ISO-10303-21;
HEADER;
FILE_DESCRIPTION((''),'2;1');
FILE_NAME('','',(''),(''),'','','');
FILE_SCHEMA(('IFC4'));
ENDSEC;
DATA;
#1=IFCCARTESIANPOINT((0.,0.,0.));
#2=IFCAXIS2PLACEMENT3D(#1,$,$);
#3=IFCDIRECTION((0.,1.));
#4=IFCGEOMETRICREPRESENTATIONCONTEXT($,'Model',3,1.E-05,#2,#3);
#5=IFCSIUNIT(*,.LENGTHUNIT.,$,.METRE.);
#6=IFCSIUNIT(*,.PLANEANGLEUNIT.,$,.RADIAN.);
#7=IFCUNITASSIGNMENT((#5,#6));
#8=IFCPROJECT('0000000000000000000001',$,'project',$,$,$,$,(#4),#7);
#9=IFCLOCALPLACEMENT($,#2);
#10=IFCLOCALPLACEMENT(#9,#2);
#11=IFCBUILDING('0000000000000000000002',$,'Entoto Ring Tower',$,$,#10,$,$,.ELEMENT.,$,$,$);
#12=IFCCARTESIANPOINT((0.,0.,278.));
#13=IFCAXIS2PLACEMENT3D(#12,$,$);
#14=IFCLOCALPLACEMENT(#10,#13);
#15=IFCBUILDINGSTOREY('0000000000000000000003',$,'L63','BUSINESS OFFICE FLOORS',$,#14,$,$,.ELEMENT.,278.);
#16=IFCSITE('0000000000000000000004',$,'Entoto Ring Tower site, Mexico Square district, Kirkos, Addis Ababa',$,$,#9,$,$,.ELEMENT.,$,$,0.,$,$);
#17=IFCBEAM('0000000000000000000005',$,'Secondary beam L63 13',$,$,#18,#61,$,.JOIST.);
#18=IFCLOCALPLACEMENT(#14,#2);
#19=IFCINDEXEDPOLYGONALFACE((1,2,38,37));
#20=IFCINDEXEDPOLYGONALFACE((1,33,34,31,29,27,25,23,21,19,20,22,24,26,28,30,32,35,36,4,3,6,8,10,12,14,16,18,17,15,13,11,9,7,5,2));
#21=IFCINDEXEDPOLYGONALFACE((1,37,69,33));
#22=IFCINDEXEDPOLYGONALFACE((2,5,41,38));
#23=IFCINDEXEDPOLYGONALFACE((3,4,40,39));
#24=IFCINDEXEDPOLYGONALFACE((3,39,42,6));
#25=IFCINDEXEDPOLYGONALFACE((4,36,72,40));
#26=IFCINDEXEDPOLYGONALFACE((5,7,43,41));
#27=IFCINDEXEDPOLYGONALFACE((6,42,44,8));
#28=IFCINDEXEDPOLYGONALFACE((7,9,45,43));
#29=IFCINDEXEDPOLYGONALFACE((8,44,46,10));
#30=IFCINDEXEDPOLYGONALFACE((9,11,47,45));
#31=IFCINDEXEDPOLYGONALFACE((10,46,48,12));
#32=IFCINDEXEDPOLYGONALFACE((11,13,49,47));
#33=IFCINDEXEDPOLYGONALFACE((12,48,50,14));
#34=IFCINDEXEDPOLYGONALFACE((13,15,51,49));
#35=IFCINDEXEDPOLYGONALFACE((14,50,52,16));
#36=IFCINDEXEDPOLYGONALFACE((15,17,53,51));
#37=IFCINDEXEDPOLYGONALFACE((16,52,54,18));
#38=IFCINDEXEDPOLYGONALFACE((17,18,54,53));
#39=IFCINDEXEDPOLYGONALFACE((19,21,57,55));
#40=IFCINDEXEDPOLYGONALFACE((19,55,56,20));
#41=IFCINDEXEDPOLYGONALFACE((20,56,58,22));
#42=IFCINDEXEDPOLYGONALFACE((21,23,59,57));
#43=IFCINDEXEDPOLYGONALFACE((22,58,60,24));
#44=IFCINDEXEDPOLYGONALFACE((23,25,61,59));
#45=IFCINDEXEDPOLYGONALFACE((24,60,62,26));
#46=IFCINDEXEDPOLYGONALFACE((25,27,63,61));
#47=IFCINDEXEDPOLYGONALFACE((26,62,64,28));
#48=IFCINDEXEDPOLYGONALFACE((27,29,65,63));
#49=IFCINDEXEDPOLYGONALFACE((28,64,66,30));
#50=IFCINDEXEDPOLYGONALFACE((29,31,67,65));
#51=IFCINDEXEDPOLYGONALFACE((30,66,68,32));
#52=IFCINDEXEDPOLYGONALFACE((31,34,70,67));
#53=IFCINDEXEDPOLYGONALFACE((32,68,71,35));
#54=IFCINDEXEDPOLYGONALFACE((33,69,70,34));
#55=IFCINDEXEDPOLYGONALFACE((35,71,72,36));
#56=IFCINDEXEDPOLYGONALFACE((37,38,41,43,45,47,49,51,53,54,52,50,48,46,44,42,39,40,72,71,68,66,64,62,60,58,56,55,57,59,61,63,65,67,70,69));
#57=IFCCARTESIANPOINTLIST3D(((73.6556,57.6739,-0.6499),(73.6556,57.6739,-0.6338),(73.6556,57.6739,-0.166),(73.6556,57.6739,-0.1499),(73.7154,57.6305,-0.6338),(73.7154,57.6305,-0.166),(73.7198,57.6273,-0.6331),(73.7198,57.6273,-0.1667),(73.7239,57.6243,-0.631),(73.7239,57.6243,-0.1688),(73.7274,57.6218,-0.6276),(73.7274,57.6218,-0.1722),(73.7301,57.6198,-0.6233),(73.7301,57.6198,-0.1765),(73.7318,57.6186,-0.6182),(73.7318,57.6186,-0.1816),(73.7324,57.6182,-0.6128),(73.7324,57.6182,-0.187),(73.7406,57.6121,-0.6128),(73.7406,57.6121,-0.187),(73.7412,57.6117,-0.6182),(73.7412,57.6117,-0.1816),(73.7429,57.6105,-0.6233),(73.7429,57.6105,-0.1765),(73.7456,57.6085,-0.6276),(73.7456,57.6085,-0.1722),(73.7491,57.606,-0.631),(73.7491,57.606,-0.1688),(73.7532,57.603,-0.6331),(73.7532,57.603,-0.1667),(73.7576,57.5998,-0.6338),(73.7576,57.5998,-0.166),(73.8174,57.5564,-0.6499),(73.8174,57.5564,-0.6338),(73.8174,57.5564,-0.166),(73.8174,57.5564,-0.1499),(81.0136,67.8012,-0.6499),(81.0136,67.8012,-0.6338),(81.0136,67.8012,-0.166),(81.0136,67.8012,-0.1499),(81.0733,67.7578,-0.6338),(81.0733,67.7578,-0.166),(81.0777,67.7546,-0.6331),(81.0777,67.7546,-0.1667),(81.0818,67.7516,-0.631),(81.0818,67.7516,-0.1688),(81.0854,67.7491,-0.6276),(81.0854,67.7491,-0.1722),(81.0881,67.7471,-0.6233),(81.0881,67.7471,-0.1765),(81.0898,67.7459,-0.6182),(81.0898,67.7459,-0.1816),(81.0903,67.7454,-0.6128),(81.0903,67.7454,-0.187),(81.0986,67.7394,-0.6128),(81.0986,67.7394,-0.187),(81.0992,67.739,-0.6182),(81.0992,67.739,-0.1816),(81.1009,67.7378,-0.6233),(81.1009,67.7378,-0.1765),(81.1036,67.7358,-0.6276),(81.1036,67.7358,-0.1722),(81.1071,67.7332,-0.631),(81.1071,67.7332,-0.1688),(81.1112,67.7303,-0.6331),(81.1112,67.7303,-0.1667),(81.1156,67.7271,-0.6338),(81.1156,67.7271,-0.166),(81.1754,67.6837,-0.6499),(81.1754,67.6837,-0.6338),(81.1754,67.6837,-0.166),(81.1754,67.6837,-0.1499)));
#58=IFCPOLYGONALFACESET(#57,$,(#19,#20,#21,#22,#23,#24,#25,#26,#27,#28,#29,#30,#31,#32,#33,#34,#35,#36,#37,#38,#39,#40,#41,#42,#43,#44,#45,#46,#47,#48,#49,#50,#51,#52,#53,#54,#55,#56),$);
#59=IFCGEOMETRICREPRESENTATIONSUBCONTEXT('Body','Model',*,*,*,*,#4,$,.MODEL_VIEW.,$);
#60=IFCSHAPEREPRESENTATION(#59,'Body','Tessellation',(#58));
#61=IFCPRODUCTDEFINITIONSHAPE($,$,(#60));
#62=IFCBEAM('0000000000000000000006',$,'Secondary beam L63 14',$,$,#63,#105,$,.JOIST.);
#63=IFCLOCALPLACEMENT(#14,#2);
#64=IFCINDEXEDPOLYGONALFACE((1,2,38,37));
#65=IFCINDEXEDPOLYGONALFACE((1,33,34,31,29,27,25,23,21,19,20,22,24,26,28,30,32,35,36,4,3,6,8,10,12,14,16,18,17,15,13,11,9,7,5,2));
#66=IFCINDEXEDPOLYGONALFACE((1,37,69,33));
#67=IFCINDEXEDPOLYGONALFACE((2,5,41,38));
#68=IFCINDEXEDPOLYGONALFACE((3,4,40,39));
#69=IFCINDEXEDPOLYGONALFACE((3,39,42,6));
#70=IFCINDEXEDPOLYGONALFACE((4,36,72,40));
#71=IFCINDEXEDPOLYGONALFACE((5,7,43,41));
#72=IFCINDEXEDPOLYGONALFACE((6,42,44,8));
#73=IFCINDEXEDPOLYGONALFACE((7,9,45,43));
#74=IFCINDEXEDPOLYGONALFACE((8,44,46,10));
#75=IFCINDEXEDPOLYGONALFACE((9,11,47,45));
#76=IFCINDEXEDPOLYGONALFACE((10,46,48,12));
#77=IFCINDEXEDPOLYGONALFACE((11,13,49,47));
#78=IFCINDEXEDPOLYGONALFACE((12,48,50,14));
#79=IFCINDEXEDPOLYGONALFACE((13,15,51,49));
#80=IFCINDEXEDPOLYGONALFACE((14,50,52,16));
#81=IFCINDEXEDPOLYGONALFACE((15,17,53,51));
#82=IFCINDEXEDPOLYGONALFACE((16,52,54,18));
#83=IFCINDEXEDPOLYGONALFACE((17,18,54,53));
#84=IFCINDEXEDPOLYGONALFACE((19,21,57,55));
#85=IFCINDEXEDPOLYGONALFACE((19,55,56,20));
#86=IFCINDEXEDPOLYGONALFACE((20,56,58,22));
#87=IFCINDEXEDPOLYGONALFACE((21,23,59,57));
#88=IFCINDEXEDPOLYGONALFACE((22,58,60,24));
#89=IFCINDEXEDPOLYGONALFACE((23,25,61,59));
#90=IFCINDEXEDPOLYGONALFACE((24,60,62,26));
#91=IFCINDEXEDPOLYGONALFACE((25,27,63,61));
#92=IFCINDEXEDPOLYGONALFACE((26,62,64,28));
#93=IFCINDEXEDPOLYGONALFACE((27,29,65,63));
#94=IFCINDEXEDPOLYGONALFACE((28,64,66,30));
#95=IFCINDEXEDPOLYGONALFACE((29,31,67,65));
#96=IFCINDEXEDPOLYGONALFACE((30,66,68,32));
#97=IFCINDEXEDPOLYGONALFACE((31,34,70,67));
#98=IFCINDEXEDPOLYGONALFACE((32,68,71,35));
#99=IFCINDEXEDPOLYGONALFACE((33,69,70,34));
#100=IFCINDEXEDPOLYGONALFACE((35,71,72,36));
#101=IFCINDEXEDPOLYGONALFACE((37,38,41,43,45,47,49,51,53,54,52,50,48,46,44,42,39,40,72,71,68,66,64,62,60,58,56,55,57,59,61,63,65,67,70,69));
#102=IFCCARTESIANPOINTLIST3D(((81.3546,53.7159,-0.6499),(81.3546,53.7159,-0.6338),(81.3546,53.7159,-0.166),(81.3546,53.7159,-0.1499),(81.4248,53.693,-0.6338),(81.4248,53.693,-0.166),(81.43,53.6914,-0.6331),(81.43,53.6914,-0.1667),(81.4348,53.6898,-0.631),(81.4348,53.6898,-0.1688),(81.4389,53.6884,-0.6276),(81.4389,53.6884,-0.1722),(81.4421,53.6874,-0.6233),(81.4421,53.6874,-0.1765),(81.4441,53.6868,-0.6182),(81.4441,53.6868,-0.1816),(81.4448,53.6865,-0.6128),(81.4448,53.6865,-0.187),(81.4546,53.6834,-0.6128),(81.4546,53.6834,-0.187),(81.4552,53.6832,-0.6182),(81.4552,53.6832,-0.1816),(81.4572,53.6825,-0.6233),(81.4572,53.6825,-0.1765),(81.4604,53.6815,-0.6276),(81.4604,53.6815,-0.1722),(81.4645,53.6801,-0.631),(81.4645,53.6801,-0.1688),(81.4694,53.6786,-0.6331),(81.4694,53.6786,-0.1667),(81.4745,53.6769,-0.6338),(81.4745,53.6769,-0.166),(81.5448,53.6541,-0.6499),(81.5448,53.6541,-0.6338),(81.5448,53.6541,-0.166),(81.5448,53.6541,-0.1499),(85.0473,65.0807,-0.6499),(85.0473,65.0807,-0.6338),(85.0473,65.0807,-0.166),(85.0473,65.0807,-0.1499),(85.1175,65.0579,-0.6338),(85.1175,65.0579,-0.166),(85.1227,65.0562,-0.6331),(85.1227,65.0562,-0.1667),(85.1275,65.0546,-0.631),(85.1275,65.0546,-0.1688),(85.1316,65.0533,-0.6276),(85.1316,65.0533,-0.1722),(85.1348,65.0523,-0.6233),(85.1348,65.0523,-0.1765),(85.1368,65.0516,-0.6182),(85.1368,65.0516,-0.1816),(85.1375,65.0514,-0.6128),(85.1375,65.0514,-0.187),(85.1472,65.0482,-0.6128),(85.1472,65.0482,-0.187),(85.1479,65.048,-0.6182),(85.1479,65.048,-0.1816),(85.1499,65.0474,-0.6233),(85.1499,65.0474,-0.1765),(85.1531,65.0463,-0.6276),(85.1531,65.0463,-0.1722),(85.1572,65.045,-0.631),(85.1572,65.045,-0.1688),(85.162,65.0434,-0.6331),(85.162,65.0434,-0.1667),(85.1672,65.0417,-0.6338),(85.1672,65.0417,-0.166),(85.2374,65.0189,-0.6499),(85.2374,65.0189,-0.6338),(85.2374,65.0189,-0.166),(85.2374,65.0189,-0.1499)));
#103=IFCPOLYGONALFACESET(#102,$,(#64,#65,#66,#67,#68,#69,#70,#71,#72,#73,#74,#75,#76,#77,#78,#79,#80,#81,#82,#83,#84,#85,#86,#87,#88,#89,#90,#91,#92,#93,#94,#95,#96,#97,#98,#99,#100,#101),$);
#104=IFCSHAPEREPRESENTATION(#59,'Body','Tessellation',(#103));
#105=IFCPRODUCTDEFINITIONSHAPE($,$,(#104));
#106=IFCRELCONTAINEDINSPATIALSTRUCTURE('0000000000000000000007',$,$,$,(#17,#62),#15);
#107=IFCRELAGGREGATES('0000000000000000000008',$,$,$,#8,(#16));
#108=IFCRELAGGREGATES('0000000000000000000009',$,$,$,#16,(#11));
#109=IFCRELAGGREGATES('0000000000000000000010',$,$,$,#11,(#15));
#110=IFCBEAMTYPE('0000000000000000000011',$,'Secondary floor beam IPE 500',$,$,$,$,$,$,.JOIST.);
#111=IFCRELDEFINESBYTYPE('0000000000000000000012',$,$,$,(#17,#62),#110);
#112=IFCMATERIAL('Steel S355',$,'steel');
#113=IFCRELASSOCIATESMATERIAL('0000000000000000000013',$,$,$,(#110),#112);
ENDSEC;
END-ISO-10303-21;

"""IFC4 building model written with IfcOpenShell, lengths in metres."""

from ifc_helpers import new_model, si_unit, direction, frame, origin, origin_2d, place, context, subcontext, project, spatial, i_section, extrude, material, material_profile, profile_set, type_object, element, save


model = new_model("IFC4")

# Units and contexts
model_context = context("Model", 3, precision=1e-05, world=origin(), true_north=direction((0.0, 1.0)))
body_context = subcontext(model_context, "Body", "Model", "MODEL_VIEW")
ifc_project = project(units=[si_unit("LENGTHUNIT", "METRE"), si_unit("PLANEANGLEUNIT", "RADIAN")], contexts=[model_context])

# Site, building, storey
site_placement = place(None, origin())
site = spatial("IfcSite", under=ifc_project, at=site_placement, Name="Entoto Ring Tower site, Mexico Square district, Kirkos, Addis Ababa", CompositionType="ELEMENT", RefElevation=0.0)
building_placement = place(site_placement, origin())
building = spatial("IfcBuilding", under=site, at=building_placement, Name="Entoto Ring Tower", CompositionType="ELEMENT")
storey_placement = place(building_placement, frame((0.0, 0.0, 278.0)))
storey = spatial("IfcBuildingStorey", under=building, at=storey_placement, Name="L63", Description="BUSINESS OFFICE FLOORS", CompositionType="ELEMENT", Elevation=278.0)

# Beams
ifc_material_1 = material(Name="Steel S355", Category="steel")
ifc_material_profile_1 = material_profile(ifc_material_1, i_section(OverallWidth=0.2, OverallDepth=0.5, WebThickness=0.0103, FlangeThickness=0.0161, FilletRadius=0.021, at=origin_2d()), Name="IPE 500")
ifc_profile_set_1 = profile_set([ifc_material_profile_1], Name="Steel S355")
beam_type_1 = type_object("IfcBeamType", Name="Secondary floor beam IPE 500", PredefinedType="JOIST", material=ifc_profile_set_1)
for number, where, z_axis, x_axis, name in (
    (1, (81.0945, 67.7424, -0.3999), (-0.587789, -0.809014, 0.0), (0.809014, -0.587789, 0.0), "Secondary beam L63 13"),
):
    element("IfcBeam", number, at=place(storey_placement, frame(where, z_axis=z_axis, x_axis=x_axis)), inside=storey, type_object=beam_type_1, Name=name, PredefinedType="JOIST", context=body_context, shape_type="SweptSolid", body=[
        extrude(i_section(OverallWidth=0.2, OverallDepth=0.5, WebThickness=0.0103, FlangeThickness=0.0161, FilletRadius=0.021, at=origin_2d()), origin(), (0.0, 0.0, 1.0), 12.5181),
    ])
beam_1_placement = place(storey_placement, frame((85.1423, 65.0498, -0.3999), z_axis=(-0.309017, -0.951057, 0.0), x_axis=(0.951057, -0.309017, 0.0)))
element("IfcBeam", 2, at=beam_1_placement, inside=storey, type_object=beam_type_1, Name="Secondary beam L63 14", PredefinedType="JOIST", context=body_context, shape_type="SweptSolid", body=[
    extrude(i_section(OverallWidth=0.2, OverallDepth=0.5, WebThickness=0.0103, FlangeThickness=0.0161, FilletRadius=0.021, at=origin_2d()), origin(), (0.0, 0.0, 1.0), 11.9497),
])

save(model, "model.ifc")
